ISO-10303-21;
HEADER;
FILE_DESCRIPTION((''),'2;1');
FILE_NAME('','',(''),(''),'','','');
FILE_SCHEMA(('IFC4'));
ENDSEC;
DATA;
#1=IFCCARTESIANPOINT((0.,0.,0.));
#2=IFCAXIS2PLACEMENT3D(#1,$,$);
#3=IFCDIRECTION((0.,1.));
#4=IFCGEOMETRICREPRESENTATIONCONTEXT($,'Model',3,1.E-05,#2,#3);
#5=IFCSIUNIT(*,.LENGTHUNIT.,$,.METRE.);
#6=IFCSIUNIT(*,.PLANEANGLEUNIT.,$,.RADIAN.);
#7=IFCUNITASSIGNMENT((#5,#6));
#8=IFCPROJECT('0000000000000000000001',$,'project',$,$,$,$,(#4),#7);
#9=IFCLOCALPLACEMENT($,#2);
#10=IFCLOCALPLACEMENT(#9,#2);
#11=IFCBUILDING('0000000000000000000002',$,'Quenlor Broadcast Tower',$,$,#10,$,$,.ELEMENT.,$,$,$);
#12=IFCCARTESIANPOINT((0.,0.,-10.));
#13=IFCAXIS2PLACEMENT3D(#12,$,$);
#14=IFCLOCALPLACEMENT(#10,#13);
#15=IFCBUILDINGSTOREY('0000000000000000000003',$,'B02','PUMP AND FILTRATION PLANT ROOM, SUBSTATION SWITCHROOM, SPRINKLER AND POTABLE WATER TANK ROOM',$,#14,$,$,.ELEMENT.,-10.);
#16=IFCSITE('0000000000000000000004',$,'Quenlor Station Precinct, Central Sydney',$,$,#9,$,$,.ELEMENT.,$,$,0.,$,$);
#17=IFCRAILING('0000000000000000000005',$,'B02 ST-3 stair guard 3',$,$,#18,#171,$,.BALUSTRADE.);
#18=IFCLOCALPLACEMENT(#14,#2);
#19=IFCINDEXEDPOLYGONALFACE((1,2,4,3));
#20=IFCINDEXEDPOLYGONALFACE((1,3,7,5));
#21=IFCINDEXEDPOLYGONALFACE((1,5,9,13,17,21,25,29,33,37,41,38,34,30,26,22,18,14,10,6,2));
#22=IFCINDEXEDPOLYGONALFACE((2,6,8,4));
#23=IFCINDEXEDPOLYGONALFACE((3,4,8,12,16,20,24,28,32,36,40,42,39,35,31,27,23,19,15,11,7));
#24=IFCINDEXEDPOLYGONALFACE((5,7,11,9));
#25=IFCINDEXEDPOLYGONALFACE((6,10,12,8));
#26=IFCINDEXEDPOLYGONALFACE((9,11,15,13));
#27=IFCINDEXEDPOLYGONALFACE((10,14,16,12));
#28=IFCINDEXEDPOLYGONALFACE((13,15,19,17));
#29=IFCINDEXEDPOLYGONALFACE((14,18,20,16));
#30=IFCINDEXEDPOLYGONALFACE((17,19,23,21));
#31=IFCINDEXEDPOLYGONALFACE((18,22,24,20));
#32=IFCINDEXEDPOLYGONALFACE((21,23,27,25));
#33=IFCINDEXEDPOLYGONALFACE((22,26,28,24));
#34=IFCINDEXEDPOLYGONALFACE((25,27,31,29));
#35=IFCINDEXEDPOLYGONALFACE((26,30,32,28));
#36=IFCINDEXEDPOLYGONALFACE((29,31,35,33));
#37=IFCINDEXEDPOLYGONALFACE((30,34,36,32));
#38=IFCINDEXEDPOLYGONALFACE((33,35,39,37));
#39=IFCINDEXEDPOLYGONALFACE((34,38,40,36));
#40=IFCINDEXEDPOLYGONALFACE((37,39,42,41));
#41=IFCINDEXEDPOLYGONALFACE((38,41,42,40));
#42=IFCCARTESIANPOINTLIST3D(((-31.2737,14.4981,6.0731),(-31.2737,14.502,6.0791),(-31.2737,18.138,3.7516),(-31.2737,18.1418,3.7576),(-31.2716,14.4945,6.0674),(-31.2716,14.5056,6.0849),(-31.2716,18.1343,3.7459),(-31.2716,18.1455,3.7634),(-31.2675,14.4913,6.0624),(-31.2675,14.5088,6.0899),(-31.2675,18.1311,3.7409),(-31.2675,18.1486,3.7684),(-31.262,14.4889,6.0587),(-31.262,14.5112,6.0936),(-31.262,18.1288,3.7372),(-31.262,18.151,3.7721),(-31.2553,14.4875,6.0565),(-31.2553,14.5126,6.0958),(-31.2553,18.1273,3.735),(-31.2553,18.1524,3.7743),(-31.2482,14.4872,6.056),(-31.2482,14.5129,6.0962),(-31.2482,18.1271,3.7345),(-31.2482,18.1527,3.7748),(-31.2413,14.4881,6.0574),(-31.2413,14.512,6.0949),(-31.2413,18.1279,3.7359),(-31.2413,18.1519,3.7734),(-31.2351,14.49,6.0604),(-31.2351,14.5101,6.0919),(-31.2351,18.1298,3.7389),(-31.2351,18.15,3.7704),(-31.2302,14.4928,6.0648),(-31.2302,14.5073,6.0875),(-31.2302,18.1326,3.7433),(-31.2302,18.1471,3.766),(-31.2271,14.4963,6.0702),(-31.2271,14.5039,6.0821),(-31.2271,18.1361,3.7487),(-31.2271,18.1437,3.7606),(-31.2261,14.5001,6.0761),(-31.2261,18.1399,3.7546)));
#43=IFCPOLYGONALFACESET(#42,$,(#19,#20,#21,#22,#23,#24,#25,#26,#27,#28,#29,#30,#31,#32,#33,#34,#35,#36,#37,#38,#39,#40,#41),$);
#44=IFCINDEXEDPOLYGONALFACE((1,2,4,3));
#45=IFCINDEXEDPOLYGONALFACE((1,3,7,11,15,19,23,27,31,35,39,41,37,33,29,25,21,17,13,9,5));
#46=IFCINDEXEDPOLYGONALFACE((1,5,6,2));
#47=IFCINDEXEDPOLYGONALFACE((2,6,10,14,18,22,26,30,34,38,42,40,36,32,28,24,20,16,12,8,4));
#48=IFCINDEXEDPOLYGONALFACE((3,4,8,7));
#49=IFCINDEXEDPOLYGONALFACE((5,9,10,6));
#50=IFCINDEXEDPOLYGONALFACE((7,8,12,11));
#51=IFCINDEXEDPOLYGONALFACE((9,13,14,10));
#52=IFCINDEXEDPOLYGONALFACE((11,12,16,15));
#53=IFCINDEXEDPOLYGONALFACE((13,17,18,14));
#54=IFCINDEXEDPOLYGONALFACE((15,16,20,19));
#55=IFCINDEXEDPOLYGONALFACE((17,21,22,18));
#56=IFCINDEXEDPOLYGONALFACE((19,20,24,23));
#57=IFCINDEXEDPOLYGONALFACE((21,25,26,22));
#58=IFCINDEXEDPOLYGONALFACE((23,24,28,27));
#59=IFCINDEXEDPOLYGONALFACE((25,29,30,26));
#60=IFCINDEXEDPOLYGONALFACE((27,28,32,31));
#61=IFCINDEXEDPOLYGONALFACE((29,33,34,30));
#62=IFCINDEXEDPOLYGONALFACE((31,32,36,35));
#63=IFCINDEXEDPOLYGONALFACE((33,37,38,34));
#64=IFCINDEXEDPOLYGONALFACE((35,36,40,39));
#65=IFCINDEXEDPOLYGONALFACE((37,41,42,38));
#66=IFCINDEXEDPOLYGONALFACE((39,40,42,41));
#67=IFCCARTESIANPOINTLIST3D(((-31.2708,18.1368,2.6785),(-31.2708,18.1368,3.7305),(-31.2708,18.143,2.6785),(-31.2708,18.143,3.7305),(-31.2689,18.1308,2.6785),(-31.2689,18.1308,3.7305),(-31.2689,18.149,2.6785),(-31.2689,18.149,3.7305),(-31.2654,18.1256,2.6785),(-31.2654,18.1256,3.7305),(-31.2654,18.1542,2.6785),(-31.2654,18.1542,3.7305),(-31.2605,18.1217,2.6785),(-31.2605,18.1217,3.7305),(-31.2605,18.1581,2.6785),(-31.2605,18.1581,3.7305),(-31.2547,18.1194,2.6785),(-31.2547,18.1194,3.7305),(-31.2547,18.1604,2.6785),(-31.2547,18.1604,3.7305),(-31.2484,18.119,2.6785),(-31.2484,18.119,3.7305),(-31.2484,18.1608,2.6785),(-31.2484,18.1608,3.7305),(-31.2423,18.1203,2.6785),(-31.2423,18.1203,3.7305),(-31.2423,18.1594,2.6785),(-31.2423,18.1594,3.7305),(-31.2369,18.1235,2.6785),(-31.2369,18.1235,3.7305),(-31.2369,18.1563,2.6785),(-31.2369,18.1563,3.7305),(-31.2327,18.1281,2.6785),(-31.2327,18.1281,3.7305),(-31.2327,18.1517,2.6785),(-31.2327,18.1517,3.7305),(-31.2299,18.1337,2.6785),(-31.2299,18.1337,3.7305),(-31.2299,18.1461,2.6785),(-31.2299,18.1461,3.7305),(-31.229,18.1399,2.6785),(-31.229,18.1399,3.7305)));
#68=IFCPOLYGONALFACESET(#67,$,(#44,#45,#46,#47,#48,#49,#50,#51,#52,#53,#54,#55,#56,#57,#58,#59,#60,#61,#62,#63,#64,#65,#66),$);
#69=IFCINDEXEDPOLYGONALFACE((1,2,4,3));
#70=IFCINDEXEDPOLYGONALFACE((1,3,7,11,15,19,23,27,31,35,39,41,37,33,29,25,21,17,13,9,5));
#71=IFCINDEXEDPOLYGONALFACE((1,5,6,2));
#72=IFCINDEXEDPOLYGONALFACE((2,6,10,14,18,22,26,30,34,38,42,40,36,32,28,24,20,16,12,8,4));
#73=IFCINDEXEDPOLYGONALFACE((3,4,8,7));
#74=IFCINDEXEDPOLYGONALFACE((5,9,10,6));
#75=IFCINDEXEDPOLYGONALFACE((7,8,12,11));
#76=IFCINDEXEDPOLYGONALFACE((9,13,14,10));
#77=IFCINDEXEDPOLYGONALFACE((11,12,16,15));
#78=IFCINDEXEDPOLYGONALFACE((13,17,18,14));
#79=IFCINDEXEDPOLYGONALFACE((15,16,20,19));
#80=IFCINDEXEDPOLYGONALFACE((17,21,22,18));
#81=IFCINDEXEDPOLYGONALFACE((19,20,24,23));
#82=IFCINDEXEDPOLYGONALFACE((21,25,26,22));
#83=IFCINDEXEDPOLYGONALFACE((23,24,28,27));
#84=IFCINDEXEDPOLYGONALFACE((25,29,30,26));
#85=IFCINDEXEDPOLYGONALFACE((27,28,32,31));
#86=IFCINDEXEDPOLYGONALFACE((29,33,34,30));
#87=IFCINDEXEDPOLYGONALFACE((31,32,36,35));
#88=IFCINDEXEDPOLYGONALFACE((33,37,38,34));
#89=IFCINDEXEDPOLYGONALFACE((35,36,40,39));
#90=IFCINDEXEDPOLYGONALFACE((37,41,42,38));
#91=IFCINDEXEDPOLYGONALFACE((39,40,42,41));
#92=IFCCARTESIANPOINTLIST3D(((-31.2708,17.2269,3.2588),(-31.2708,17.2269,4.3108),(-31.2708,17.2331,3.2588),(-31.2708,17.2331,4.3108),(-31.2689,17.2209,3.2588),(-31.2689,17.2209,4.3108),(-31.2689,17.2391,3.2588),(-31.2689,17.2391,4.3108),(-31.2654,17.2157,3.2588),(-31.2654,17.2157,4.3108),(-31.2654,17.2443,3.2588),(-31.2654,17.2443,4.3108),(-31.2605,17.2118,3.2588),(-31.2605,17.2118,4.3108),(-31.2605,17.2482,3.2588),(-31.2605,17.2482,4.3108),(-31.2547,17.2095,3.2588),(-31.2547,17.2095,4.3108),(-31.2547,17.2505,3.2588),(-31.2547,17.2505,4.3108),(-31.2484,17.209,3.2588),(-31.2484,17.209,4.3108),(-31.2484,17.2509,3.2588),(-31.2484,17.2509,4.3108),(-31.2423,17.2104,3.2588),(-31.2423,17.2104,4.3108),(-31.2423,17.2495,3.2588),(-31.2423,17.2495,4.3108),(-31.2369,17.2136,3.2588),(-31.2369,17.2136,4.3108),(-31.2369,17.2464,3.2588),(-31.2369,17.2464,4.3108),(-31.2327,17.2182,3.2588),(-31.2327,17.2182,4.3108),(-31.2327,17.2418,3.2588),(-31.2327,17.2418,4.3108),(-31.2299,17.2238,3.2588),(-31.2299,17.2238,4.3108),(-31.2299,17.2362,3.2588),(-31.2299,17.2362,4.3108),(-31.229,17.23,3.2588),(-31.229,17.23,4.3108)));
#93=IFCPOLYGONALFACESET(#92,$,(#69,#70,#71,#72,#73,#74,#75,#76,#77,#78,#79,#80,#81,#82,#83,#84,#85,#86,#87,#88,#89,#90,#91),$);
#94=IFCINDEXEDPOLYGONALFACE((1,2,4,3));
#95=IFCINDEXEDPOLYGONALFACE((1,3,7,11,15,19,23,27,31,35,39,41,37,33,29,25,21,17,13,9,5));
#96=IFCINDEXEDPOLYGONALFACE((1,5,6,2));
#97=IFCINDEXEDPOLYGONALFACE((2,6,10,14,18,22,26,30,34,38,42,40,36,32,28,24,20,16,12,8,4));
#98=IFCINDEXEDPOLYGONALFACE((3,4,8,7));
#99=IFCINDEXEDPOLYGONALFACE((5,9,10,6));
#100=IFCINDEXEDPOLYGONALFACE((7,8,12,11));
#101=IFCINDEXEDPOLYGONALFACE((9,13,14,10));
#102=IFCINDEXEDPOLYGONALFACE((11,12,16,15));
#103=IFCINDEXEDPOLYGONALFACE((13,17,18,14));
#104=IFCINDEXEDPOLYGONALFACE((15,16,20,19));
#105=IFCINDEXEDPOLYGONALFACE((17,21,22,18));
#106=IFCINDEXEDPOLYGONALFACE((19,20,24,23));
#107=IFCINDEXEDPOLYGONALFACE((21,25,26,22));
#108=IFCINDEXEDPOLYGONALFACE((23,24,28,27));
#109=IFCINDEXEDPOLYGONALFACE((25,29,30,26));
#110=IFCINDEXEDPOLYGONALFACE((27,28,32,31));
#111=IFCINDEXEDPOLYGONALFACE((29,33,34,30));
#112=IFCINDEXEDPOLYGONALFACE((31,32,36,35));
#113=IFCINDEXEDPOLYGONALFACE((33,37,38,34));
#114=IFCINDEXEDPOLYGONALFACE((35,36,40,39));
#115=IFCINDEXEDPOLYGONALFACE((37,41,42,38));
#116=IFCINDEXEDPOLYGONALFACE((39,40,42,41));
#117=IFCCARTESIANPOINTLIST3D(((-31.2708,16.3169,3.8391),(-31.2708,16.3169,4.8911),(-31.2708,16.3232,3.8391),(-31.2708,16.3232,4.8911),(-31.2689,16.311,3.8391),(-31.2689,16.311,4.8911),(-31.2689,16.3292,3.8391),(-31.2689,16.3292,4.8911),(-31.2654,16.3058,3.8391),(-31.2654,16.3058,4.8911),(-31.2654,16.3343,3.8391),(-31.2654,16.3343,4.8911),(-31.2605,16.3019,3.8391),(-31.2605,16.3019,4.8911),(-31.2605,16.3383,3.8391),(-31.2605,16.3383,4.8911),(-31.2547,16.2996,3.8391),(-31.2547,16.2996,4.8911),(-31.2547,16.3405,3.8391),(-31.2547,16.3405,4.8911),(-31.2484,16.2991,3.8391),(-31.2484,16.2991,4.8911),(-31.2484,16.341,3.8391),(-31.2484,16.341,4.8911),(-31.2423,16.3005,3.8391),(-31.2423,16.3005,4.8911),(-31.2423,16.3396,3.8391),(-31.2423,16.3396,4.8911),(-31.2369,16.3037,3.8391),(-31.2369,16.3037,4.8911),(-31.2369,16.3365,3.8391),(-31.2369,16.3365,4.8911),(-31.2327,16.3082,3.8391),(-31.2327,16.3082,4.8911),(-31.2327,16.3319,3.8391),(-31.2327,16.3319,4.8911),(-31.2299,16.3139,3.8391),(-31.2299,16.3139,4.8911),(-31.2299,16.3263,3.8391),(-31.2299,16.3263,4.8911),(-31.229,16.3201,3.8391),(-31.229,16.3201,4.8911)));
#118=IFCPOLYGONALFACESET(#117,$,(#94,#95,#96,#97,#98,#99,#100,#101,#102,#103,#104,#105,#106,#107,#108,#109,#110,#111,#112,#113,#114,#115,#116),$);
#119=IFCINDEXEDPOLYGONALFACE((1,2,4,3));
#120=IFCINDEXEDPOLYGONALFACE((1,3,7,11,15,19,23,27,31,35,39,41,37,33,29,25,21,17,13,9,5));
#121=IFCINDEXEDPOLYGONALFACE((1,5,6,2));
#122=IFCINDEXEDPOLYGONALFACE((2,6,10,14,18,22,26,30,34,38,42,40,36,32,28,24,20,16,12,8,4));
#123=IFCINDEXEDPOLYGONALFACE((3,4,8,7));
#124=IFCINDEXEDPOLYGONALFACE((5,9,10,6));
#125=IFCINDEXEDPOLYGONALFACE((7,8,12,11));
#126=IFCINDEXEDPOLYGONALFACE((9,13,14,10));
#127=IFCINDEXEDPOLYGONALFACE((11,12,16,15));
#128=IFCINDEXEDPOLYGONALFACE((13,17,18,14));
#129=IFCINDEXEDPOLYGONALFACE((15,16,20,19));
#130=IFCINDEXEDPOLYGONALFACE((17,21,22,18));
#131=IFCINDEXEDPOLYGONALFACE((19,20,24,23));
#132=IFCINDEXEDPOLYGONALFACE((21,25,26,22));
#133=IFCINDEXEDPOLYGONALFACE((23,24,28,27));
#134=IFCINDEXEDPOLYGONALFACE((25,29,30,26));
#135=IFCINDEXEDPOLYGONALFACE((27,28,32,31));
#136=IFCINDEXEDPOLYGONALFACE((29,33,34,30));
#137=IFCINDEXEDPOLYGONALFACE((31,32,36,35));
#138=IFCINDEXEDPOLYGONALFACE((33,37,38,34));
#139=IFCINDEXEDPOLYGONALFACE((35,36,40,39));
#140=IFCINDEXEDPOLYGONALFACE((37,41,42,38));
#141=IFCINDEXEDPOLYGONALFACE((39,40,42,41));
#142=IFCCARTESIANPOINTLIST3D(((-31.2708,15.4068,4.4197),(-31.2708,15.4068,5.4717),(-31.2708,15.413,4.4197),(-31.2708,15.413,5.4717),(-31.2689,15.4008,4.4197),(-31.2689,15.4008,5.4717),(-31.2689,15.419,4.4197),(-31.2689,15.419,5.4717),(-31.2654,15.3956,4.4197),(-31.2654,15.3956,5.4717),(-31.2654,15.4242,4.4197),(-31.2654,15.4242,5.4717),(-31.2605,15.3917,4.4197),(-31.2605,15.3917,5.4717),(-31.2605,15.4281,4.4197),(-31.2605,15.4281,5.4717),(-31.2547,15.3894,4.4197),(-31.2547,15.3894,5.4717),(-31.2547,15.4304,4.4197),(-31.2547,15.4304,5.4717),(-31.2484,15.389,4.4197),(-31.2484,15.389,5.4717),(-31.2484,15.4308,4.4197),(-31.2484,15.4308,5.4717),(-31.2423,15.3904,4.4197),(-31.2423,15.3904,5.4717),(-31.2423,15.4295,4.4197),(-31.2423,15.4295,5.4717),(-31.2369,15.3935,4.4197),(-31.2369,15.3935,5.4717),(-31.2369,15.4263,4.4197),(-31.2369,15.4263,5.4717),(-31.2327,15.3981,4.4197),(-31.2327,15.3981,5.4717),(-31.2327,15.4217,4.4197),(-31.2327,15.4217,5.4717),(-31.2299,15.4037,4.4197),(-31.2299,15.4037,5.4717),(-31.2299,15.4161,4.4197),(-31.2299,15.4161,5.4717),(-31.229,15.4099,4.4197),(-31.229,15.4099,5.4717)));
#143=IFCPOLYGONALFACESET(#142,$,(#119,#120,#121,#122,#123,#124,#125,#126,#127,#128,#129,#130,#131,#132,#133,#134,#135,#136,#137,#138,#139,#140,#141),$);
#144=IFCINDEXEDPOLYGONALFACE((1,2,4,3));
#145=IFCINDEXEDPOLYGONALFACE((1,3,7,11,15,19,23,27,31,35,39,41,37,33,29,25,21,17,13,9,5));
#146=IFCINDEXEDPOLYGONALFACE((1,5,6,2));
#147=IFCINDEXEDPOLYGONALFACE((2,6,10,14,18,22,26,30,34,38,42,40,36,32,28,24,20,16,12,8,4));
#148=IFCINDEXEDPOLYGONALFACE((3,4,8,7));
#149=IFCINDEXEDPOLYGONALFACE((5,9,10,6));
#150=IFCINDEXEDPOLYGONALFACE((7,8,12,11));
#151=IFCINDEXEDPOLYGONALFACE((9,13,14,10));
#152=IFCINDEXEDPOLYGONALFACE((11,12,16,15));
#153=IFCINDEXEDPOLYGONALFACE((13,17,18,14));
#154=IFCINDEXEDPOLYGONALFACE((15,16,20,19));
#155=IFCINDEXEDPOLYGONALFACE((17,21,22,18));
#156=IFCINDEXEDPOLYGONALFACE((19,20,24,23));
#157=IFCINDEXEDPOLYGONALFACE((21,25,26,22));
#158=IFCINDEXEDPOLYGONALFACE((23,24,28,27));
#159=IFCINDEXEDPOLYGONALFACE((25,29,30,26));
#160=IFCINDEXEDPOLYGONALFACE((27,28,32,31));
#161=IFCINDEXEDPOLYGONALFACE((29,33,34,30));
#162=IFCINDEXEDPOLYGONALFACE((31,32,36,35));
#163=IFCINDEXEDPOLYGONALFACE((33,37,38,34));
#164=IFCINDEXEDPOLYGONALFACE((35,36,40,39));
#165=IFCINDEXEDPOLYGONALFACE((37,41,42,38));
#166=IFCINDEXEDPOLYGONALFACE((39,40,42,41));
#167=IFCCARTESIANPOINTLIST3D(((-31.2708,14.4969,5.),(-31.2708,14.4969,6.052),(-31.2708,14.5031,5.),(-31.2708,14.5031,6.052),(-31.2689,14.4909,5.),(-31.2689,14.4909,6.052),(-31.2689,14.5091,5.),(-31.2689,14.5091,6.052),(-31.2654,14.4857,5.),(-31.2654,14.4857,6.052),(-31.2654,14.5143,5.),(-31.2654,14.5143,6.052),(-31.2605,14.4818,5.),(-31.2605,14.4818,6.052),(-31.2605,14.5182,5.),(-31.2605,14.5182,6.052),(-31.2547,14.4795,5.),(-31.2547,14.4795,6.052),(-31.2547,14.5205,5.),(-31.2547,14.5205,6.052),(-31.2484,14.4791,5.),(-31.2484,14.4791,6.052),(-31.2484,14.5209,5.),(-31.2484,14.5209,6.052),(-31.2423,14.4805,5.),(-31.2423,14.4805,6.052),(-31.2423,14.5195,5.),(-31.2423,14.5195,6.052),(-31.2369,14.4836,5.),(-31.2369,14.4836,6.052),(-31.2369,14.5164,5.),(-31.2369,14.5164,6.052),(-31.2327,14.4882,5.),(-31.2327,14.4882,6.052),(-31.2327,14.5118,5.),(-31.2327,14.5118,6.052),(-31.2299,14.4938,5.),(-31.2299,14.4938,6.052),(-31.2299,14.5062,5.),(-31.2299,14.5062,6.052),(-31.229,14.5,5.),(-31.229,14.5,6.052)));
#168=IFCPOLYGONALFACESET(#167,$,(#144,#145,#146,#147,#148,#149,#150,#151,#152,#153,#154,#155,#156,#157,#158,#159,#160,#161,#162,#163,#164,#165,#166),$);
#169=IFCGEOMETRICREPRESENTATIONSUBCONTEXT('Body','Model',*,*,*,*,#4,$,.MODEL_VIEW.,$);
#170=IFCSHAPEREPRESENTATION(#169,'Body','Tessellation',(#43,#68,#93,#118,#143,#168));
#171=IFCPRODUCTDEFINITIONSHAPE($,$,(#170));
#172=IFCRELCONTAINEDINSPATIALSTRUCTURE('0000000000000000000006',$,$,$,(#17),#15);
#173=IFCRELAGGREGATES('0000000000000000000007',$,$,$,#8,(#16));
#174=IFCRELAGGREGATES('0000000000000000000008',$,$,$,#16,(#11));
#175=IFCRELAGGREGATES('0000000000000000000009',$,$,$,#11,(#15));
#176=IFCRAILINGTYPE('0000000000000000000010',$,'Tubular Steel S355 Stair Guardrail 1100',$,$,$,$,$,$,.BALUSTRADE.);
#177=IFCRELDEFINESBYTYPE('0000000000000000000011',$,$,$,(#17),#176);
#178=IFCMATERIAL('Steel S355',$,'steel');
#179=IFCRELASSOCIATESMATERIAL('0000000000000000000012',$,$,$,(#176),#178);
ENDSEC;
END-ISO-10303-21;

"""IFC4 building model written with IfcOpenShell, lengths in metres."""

from ifc_helpers import new_model, si_unit, direction, frame, origin, origin_2d, place, context, subcontext, project, spatial, circle, extrude, material, type_object, element, save


model = new_model("IFC4")

# Units and contexts
model_context = context("Model", 3, precision=1e-05, world=origin(), true_north=direction((0.0, 1.0)))
body_context = subcontext(model_context, "Body", "Model", "MODEL_VIEW")
ifc_project = project(units=[si_unit("LENGTHUNIT", "METRE"), si_unit("PLANEANGLEUNIT", "RADIAN")], contexts=[model_context])

# Site, building, storey
site_placement = place(None, origin())
site = spatial("IfcSite", under=ifc_project, at=site_placement, Name="Quenlor Station Precinct, Central Sydney", CompositionType="ELEMENT", RefElevation=0.0)
building_placement = place(site_placement, origin())
building = spatial("IfcBuilding", under=site, at=building_placement, Name="Quenlor Broadcast Tower", CompositionType="ELEMENT")
storey_placement = place(building_placement, frame((0.0, 0.0, -10.0)))
storey = spatial("IfcBuildingStorey", under=building, at=storey_placement, Name="B02", Description="PUMP AND FILTRATION PLANT ROOM, SUBSTATION SWITCHROOM, SPRINKLER AND POTABLE WATER TANK ROOM", CompositionType="ELEMENT", Elevation=-10.0)

# Railing
ifc_material_1 = material(Name="Steel S355", Category="steel")
railing_type_1 = type_object("IfcRailingType", Name="Tubular Steel S355 Stair Guardrail 1100", PredefinedType="BALUSTRADE", material=ifc_material_1)
railing_1_placement = place(storey_placement, frame((-31.25, 18.1399, 2.6785)))
element("IfcRailing", 1, at=railing_1_placement, inside=storey, type_object=railing_type_1, Name="B02 ST-3 stair guard 3", PredefinedType="BALUSTRADE", context=body_context, shape_type="SweptSolid", body=[
    extrude(circle(Radius=0.0239, at=origin_2d()), frame((0.0, 0.0, 1.0762), z_axis=(0.0, -0.843112, 0.537739), x_axis=(1.0, 0.0, 0.0)), (0.0, 0.0, 1.0), 4.3171),
    extrude(circle(Radius=0.021, at=origin_2d()), origin(), (0.0, 0.0, 1.0), 1.052),
    extrude(circle(Radius=0.021, at=origin_2d()), frame((0.0, -0.9099, 0.5803)), (0.0, 0.0, 1.0), 1.052),
    extrude(circle(Radius=0.021, at=origin_2d()), frame((0.0, -1.8198, 1.1606)), (0.0, 0.0, 1.0), 1.052),
    extrude(circle(Radius=0.021, at=origin_2d()), frame((0.0, -2.73, 1.7412)), (0.0, 0.0, 1.0), 1.052),
    extrude(circle(Radius=0.021, at=origin_2d()), frame((0.0, -3.6399, 2.3215)), (0.0, 0.0, 1.0), 1.052),
])

save(model, "model.ifc")
